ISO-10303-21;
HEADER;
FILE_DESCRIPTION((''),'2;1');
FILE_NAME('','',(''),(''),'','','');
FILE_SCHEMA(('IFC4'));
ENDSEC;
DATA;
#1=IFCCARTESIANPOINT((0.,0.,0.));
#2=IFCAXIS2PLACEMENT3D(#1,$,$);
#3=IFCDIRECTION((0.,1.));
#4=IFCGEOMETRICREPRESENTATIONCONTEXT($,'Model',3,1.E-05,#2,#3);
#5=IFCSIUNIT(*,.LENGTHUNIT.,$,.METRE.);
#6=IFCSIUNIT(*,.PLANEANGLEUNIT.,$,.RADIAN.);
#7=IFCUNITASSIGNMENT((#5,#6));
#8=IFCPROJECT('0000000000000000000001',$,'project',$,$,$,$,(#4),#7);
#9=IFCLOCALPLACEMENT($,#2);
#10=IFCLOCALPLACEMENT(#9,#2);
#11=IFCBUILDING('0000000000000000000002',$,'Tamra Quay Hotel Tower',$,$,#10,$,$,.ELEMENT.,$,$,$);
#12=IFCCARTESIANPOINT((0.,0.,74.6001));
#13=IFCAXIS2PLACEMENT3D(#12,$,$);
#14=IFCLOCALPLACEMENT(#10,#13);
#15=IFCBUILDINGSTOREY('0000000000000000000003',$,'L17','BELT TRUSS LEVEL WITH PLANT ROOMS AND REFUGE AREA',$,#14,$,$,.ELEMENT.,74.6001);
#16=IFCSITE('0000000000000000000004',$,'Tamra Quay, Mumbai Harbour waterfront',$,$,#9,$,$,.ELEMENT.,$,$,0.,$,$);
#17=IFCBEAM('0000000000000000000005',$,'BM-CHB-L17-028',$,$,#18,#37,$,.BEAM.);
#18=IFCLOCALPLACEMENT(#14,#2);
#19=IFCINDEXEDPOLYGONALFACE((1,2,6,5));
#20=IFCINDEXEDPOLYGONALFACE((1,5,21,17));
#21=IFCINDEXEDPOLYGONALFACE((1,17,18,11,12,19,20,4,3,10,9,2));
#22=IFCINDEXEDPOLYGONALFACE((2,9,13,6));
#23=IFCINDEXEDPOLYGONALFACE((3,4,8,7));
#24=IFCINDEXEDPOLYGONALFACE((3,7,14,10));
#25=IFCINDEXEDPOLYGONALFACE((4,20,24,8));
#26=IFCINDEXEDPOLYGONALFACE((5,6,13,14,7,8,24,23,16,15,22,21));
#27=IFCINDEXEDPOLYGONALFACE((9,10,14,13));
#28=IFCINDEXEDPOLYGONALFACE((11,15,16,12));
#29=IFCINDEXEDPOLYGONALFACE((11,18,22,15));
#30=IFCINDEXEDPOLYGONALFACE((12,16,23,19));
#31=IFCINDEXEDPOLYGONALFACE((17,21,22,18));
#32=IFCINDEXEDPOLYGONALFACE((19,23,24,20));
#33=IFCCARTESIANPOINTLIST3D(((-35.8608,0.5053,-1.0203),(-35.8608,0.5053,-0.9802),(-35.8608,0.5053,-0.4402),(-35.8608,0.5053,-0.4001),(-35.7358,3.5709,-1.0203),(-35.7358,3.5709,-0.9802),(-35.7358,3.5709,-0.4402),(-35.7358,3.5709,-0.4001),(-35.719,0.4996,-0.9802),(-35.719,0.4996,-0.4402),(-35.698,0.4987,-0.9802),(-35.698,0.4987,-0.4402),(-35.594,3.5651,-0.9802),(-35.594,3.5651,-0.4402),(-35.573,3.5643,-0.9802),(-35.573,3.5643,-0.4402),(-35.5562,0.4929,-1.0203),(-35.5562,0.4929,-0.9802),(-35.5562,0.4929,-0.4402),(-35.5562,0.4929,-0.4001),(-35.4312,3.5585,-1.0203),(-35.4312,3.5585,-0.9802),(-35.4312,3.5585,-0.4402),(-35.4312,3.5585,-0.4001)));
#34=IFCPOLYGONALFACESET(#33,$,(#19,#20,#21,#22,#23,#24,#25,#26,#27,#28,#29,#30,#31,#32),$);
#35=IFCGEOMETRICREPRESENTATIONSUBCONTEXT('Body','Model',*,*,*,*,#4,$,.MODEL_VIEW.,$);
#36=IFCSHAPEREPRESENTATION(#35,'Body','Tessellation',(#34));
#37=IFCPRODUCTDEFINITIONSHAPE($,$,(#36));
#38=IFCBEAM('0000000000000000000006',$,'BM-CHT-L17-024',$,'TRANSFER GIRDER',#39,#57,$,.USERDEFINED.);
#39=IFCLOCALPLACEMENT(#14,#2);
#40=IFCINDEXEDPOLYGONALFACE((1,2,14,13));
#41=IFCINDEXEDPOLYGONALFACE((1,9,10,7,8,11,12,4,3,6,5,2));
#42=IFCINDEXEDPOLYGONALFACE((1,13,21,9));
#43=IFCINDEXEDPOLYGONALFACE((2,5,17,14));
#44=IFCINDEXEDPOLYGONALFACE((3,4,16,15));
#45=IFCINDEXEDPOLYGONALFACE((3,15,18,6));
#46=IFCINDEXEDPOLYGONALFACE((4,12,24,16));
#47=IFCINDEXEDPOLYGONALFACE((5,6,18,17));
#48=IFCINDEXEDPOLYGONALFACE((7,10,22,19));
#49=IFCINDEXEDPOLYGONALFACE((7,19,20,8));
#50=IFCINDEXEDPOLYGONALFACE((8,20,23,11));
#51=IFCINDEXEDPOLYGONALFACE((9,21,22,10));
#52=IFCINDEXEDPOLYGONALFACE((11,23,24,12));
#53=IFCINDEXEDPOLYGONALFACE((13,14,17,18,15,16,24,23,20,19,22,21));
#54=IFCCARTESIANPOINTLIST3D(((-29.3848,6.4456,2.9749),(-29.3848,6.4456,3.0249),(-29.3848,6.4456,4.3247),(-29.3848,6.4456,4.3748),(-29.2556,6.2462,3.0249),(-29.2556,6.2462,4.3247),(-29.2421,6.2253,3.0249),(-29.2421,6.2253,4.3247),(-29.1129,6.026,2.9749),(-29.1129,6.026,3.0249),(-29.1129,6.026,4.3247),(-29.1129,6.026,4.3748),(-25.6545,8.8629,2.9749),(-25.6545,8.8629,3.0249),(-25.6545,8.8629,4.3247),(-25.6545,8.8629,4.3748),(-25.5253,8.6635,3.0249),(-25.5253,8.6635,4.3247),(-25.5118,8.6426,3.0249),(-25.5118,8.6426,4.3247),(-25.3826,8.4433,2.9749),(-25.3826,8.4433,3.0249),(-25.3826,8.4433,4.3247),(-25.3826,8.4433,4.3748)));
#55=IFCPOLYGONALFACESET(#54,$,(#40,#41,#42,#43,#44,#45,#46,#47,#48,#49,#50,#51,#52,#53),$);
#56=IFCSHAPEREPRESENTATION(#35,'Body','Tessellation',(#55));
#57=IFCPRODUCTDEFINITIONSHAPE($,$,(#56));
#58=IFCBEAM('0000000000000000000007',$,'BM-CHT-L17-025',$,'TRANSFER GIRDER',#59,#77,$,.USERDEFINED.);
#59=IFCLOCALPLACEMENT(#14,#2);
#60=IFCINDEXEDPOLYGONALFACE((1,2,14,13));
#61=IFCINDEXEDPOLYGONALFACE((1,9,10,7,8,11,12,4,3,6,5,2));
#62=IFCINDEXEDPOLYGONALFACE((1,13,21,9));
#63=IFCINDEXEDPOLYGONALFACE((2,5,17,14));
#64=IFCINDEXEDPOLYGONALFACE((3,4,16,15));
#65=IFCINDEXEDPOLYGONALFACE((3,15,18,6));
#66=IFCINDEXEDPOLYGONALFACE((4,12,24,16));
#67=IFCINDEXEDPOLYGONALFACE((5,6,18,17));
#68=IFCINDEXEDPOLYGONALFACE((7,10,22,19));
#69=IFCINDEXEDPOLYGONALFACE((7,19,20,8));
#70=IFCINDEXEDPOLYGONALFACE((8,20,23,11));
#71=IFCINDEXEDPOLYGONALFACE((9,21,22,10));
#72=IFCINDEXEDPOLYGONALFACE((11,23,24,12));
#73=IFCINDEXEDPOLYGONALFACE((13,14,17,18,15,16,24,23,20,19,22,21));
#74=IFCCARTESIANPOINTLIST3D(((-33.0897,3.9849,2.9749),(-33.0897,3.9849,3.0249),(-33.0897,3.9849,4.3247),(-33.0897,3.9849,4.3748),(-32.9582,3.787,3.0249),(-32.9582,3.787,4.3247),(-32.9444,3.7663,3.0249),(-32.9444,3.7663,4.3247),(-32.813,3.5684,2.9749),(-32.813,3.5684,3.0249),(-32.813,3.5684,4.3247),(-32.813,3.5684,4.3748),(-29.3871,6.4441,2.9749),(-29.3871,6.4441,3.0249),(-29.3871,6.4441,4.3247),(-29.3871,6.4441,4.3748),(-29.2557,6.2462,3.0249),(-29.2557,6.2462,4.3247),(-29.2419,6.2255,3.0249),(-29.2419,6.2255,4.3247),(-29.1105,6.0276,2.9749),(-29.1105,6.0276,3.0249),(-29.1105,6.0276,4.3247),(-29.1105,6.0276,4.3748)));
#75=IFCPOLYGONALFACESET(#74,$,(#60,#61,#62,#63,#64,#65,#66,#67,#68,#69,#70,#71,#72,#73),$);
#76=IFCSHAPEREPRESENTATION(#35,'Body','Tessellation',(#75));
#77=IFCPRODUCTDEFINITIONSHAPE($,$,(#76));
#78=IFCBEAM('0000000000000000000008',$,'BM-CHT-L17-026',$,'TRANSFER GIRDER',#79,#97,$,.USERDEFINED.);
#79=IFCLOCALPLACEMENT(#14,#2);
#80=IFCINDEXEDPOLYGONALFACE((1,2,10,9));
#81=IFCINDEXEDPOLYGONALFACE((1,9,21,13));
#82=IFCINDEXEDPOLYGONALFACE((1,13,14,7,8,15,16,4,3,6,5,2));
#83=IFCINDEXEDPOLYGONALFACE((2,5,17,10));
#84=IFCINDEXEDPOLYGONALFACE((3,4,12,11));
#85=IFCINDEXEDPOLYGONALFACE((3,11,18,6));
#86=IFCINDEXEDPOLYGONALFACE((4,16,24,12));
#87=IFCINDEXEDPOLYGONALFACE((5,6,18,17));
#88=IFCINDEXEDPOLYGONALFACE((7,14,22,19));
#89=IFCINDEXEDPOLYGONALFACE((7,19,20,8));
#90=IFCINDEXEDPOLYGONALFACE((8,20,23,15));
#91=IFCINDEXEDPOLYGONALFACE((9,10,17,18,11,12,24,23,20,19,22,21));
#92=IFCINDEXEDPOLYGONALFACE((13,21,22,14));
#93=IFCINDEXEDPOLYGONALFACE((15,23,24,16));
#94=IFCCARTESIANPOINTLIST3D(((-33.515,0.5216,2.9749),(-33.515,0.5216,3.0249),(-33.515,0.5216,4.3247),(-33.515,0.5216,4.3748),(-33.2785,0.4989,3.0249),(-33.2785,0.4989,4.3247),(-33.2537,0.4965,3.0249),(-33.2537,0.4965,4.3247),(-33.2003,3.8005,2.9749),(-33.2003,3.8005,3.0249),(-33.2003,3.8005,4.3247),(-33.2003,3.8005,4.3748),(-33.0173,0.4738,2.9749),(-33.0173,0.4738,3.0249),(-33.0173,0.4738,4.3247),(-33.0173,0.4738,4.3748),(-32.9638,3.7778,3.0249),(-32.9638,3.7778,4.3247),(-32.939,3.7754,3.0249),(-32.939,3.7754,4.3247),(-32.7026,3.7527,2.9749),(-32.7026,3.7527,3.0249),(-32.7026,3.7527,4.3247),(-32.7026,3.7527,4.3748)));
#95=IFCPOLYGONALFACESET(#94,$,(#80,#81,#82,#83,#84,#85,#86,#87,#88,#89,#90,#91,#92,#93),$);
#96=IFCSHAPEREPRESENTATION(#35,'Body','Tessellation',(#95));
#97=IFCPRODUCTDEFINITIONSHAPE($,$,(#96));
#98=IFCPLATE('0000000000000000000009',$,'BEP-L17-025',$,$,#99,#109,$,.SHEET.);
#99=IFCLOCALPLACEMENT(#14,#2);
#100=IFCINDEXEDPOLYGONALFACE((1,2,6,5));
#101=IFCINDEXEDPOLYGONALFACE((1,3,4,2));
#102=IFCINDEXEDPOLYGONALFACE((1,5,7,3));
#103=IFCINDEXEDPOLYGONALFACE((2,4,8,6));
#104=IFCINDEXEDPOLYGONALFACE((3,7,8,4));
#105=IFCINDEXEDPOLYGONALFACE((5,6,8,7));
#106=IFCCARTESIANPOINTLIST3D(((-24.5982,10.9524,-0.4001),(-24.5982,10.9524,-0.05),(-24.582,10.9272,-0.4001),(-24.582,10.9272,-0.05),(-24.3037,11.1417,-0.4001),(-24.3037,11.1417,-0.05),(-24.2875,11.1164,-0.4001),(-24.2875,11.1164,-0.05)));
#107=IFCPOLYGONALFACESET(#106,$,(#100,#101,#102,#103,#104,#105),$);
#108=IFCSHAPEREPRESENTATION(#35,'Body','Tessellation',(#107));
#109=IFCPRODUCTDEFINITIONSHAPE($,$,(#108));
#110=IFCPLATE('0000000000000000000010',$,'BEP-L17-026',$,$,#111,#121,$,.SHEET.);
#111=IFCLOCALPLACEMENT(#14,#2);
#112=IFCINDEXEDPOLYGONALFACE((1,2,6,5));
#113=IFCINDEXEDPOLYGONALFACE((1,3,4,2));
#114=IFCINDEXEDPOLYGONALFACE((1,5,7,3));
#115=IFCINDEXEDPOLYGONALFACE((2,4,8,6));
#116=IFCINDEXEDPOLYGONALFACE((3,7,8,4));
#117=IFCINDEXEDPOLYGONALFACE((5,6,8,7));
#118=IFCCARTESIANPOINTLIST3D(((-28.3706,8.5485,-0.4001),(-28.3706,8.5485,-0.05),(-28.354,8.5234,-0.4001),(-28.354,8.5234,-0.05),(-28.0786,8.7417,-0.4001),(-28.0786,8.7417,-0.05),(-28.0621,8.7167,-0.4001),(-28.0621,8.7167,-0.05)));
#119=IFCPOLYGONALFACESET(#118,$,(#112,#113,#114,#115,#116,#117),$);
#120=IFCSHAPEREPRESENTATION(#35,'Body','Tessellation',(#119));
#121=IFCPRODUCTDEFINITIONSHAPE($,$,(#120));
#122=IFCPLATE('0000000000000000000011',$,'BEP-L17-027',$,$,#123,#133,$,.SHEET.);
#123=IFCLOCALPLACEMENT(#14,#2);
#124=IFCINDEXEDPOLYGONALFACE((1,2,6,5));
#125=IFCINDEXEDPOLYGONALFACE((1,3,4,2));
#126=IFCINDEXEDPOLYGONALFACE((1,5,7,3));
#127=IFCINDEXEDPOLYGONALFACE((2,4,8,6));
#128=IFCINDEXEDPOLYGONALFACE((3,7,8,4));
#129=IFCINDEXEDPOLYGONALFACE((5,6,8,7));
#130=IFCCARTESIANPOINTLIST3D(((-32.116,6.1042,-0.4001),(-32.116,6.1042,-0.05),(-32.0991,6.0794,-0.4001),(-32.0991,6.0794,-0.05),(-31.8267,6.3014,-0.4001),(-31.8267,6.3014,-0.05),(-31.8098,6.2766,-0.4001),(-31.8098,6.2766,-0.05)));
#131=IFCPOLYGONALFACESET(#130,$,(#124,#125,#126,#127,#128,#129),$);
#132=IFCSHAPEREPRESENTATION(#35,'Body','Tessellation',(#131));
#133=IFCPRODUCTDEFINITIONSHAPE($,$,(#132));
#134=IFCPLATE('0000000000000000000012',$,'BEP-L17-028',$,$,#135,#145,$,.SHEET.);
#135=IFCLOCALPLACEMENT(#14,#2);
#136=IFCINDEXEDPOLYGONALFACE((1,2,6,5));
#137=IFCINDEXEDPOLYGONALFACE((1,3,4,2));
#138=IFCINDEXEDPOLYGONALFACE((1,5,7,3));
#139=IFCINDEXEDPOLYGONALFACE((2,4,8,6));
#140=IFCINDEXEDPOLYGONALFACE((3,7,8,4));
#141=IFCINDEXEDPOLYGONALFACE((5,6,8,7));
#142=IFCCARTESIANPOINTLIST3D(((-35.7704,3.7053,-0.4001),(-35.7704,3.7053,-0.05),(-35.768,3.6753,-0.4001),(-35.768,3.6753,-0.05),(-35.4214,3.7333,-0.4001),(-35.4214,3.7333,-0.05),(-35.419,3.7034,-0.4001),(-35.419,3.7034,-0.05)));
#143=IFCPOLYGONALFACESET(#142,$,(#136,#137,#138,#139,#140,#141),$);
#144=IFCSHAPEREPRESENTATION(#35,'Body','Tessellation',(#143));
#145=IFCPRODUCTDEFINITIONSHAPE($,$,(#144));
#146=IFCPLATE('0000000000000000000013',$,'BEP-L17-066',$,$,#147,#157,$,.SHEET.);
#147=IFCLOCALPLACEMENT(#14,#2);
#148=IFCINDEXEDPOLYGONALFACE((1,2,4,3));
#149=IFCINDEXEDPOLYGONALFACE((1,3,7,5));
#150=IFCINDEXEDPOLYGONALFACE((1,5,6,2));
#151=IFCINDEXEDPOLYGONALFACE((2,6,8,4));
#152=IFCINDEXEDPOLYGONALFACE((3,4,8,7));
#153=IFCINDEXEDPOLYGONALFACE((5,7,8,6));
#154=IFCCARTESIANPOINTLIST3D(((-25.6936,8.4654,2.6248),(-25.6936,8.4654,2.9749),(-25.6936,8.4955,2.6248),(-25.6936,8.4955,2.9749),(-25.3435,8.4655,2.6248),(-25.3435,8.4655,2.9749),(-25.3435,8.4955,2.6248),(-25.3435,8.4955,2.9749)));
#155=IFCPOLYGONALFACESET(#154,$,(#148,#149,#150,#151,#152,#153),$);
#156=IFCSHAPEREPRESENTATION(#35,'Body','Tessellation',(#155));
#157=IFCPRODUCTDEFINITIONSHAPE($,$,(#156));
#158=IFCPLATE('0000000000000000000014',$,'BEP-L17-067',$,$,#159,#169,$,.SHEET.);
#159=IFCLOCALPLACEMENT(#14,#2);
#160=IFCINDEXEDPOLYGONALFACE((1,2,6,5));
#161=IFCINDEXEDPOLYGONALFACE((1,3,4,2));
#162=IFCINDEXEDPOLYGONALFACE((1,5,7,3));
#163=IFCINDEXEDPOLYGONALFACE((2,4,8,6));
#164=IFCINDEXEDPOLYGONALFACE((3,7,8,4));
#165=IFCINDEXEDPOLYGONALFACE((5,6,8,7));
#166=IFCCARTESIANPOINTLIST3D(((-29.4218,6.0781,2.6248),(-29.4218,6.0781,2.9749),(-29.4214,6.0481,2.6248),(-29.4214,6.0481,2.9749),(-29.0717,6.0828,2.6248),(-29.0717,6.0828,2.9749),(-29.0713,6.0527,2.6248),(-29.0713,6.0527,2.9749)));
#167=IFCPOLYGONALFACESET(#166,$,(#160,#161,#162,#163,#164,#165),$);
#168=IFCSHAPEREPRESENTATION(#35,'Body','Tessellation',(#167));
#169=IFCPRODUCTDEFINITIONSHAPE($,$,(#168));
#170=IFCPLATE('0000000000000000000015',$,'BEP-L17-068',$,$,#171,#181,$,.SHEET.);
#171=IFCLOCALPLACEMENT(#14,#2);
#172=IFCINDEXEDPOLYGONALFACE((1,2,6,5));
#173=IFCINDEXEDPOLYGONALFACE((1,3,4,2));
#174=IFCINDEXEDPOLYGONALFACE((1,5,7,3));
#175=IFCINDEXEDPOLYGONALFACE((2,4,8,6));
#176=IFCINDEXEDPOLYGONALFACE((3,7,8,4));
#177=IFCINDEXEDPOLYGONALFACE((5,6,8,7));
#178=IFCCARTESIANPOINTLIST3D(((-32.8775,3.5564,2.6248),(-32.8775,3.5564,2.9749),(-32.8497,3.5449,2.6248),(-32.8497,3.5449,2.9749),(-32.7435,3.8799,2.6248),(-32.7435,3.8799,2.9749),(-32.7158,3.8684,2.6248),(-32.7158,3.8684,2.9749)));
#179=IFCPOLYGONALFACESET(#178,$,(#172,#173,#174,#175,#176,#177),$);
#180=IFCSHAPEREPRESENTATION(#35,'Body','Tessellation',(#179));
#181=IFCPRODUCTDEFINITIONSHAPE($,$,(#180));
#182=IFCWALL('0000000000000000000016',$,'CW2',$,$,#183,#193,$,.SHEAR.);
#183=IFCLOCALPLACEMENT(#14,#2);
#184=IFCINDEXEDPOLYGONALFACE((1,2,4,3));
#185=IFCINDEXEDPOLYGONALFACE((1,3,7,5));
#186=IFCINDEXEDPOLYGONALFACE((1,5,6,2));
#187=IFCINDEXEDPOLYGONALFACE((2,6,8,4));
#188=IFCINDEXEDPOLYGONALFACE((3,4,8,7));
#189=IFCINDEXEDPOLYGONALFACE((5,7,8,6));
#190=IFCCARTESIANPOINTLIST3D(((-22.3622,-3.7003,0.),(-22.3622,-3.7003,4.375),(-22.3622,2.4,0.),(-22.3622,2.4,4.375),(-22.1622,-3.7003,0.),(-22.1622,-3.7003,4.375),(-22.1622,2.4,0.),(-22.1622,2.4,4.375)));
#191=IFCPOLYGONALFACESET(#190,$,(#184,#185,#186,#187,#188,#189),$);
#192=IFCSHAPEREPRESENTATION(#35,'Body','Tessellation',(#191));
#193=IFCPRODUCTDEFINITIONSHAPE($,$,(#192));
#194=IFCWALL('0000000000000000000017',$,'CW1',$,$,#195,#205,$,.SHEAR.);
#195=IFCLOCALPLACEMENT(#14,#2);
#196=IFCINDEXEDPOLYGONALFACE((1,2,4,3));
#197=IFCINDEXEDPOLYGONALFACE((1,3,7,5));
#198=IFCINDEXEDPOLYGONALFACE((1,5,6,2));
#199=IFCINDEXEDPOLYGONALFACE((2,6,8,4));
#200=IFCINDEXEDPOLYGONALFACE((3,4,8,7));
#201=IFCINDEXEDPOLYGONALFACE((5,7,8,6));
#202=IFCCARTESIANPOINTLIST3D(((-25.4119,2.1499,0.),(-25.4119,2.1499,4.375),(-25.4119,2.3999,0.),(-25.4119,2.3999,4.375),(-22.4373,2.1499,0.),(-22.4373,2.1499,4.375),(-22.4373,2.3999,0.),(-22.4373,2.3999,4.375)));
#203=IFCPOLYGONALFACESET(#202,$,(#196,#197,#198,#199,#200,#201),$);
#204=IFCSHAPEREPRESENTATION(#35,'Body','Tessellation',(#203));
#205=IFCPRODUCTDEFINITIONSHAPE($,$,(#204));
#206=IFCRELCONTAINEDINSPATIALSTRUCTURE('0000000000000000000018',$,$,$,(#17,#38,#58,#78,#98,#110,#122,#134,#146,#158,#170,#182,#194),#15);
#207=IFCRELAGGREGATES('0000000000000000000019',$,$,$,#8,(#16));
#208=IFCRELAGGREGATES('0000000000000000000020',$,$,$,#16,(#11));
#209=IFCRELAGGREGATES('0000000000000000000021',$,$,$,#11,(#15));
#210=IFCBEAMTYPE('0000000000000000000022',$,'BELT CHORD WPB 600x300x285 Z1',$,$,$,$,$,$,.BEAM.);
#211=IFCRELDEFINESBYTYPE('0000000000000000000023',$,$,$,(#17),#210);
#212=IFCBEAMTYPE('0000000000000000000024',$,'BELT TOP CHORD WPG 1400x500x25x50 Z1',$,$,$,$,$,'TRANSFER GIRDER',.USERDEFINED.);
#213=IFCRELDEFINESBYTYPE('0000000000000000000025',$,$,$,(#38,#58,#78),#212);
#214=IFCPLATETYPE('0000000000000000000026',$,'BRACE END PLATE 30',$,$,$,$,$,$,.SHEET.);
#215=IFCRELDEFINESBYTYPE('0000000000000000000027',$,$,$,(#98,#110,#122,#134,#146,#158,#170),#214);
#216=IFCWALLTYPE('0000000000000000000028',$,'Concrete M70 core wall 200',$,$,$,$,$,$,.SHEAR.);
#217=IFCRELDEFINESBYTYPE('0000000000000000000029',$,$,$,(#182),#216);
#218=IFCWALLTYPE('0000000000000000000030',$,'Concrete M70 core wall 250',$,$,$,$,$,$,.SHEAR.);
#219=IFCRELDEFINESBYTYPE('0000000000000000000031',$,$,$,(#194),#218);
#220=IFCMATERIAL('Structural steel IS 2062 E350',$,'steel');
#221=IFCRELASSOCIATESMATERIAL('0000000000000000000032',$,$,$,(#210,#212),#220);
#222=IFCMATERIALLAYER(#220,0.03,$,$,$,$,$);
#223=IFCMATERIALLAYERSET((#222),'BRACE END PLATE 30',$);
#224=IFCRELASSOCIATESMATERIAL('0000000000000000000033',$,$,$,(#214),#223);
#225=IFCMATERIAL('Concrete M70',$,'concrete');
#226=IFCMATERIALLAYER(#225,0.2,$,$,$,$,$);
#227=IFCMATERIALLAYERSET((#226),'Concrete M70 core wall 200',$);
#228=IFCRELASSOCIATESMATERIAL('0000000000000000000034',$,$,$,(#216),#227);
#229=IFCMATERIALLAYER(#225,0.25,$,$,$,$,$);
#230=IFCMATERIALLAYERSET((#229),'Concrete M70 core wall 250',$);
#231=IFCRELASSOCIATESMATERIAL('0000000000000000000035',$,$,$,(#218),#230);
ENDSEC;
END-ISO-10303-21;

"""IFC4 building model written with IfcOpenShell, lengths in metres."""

from ifc_helpers import new_model, si_unit, direction, frame, frame_2d, origin, origin_2d, place, context, subcontext, project, spatial, rectangle, i_section, extrude, material, layer, layer_set, material_profile, profile_set, type_object, element, save


model = new_model("IFC4")

# Units and contexts
model_context = context("Model", 3, precision=1e-05, world=origin(), true_north=direction((0.0, 1.0)))
body_context = subcontext(model_context, "Body", "Model", "MODEL_VIEW")
ifc_project = project(units=[si_unit("LENGTHUNIT", "METRE"), si_unit("PLANEANGLEUNIT", "RADIAN")], contexts=[model_context])

# Site, building, storey
site_placement = place(None, origin())
site = spatial("IfcSite", under=ifc_project, at=site_placement, Name="Tamra Quay, Mumbai Harbour waterfront", CompositionType="ELEMENT", RefElevation=0.0)
building_placement = place(site_placement, origin())
building = spatial("IfcBuilding", under=site, at=building_placement, Name="Tamra Quay Hotel Tower", CompositionType="ELEMENT")
storey_placement = place(building_placement, frame((0.0, 0.0, 74.6001)))
storey = spatial("IfcBuildingStorey", under=building, at=storey_placement, Name="L17", Description="BELT TRUSS LEVEL WITH PLANT ROOMS AND REFUGE AREA", CompositionType="ELEMENT", Elevation=74.6001)

# Shared definitions
ifc_material_1 = material(Name="Structural steel IS 2062 E350", Category="steel")

# Beams
ifc_material_profile_1 = material_profile(ifc_material_1, i_section(OverallWidth=0.3049, OverallDepth=0.6201, WebThickness=0.021, FlangeThickness=0.04, at=origin_2d()), Name="WPB 600x300x285")
ifc_profile_set_1 = profile_set([ifc_material_profile_1], Name="Structural steel IS 2062 E350")
beam_type_1 = type_object("IfcBeamType", Name="BELT CHORD WPB 600x300x285 Z1", PredefinedType="BEAM", material=ifc_profile_set_1)
beam_1_placement = place(storey_placement, frame((-35.5835, 3.5647, -0.7102), z_axis=(-0.04074, -0.99917, 0.0), x_axis=(0.99917, -0.04074, 0.0)))
element("IfcBeam", 1, at=beam_1_placement, inside=storey, type_object=beam_type_1, Name="BM-CHB-L17-028", PredefinedType="BEAM", context=body_context, shape_type="SweptSolid", body=[
    extrude(i_section(OverallWidth=0.3049, OverallDepth=0.6201, WebThickness=0.021, FlangeThickness=0.04, at=origin_2d()), origin(), (0.0, 0.0, 1.0), 3.0681),
])
ifc_material_profile_2 = material_profile(ifc_material_1, i_section(OverallWidth=0.5, OverallDepth=1.3999, WebThickness=0.0249, FlangeThickness=0.05, at=origin_2d()), Name="WPG 1400x500x25x50")
ifc_profile_set_2 = profile_set([ifc_material_profile_2], Name="Structural steel IS 2062 E350")
beam_type_2 = type_object("IfcBeamType", Name="BELT TOP CHORD WPG 1400x500x25x50 Z1", ElementType="TRANSFER GIRDER", PredefinedType="USERDEFINED", material=ifc_profile_set_2)
beam_2_placement = place(storey_placement, frame((-25.5186, 8.6531, 3.6748), z_axis=(-0.839205, -0.543816, 0.0), x_axis=(0.543816, -0.839205, 0.0)))
element("IfcBeam", 2, at=beam_2_placement, inside=storey, type_object=beam_type_2, Name="BM-CHT-L17-024", ObjectType="TRANSFER GIRDER", PredefinedType="USERDEFINED", context=body_context, shape_type="SweptSolid", body=[
    extrude(i_section(OverallWidth=0.5, OverallDepth=1.3999, WebThickness=0.0249, FlangeThickness=0.05, at=origin_2d()), origin(), (0.0, 0.0, 1.0), 4.4451),
])
beam_3_placement = place(storey_placement, frame((-29.2488, 6.2358, 3.6748), z_axis=(-0.833004, -0.553267, 0.0), x_axis=(0.553267, -0.833004, 0.0)))
element("IfcBeam", 3, at=beam_3_placement, inside=storey, type_object=beam_type_2, Name="BM-CHT-L17-025", ObjectType="TRANSFER GIRDER", PredefinedType="USERDEFINED", context=body_context, shape_type="SweptSolid", body=[
    extrude(i_section(OverallWidth=0.5, OverallDepth=1.3999, WebThickness=0.0249, FlangeThickness=0.05, at=origin_2d()), origin(), (0.0, 0.0, 1.0), 4.4448),
])
beam_4_placement = place(storey_placement, frame((-32.9514, 3.7766, 3.6748), z_axis=(-0.09554, -0.995426, 0.0), x_axis=(0.995426, -0.09554, 0.0)))
element("IfcBeam", 4, at=beam_4_placement, inside=storey, type_object=beam_type_2, Name="BM-CHT-L17-026", ObjectType="TRANSFER GIRDER", PredefinedType="USERDEFINED", context=body_context, shape_type="SweptSolid", body=[
    extrude(i_section(OverallWidth=0.5, OverallDepth=1.3999, WebThickness=0.0249, FlangeThickness=0.05, at=origin_2d()), origin(), (0.0, 0.0, 1.0), 3.2939),
])

# Plates
ifc_layer_1 = layer(ifc_material_1, 0.03)
ifc_layer_set_1 = layer_set([ifc_layer_1], Name="BRACE END PLATE 30")
plate_type = type_object("IfcPlateType", Name="BRACE END PLATE 30", PredefinedType="SHEET", material=ifc_layer_set_1)
for number, where, z_axis, x_axis, name in (
    (5, (-24.4429, 11.0344, -0.4001), (0.0, 0.0, 1.0), (-0.540634, 0.841258, 0.0), "BEP-L17-025"),
    (6, (-28.2163, 8.6326, -0.4001), (0.0, 0.0, 1.0), (-0.552053, 0.833809, 0.0), "BEP-L17-026"),
    (7, (-31.9629, 6.1904, -0.4001), (0.0, 0.0, 1.0), (-0.56322, 0.826307, 0.0), "BEP-L17-027"),
    (8, (-35.5947, 3.7043, -0.4001), (0.0, 0.0, 1.0), (-0.080175, 0.996781, 0.0), "BEP-L17-028"),
    (9, (-25.5186, 8.4805, 2.6248), (0.0, 0.0, 1.0), (-0.000127, 1.0, 0.0), "BEP-L17-066"),
    (10, (-29.2466, 6.0654, 2.6248), (0.0, 0.0, 1.0), (-0.01324, 0.999912, 0.0), "BEP-L17-067"),
    (11, (-32.7966, 3.7124, 2.6248), (0.0, 0.0, 1.0), (-0.92393, 0.382562, 0.0), "BEP-L17-068"),
):
    element("IfcPlate", number, at=place(storey_placement, frame(where, z_axis=z_axis, x_axis=x_axis)), inside=storey, type_object=plate_type, Name=name, PredefinedType="SHEET", context=body_context, shape_type="SweptSolid", body=[
        extrude(rectangle(XDim=0.03, YDim=0.3501, at=origin_2d()), origin(), (0.0, 0.0, 1.0), 0.3501),
    ])

# Walls
ifc_material_2 = material(Name="Concrete M70", Category="concrete")
ifc_layer_2 = layer(ifc_material_2, 0.2)
ifc_layer_set_2 = layer_set([ifc_layer_2], Name="Concrete M70 core wall 200")
wall_type_1 = type_object("IfcWallType", Name="Concrete M70 core wall 200", PredefinedType="SHEAR", material=ifc_layer_set_2)
wall_1_placement = place(storey_placement, frame((-22.2622, 2.4001, 0.0), z_axis=(0.0, 0.0, 1.0), x_axis=(0.0, -1.0, 0.0)))
element("IfcWall", 12, at=wall_1_placement, inside=storey, type_object=wall_type_1, Name="CW2", PredefinedType="SHEAR", context=body_context, shape_type="SweptSolid", body=[
    extrude(rectangle(XDim=6.1003, YDim=0.2, at=frame_2d((3.0503, 0.0))), origin(), (0.0, 0.0, 1.0), 4.375),
])
ifc_layer_3 = layer(ifc_material_2, 0.25)
ifc_layer_set_3 = layer_set([ifc_layer_3], Name="Concrete M70 core wall 250")
wall_type_2 = type_object("IfcWallType", Name="Concrete M70 core wall 250", PredefinedType="SHEAR", material=ifc_layer_set_3)
wall_2_placement = place(storey_placement, frame((-25.4119, 2.2749, 0.0), z_axis=(0.0, 0.0, 1.0), x_axis=(1.0, 0.0, 0.0)))
element("IfcWall", 13, at=wall_2_placement, inside=storey, type_object=wall_type_2, Name="CW1", PredefinedType="SHEAR", context=body_context, shape_type="SweptSolid", body=[
    extrude(rectangle(XDim=2.9746, YDim=0.25, at=frame_2d((1.4873, 0.0))), origin(), (0.0, 0.0, 1.0), 4.375),
])

save(model, "model.ifc")
